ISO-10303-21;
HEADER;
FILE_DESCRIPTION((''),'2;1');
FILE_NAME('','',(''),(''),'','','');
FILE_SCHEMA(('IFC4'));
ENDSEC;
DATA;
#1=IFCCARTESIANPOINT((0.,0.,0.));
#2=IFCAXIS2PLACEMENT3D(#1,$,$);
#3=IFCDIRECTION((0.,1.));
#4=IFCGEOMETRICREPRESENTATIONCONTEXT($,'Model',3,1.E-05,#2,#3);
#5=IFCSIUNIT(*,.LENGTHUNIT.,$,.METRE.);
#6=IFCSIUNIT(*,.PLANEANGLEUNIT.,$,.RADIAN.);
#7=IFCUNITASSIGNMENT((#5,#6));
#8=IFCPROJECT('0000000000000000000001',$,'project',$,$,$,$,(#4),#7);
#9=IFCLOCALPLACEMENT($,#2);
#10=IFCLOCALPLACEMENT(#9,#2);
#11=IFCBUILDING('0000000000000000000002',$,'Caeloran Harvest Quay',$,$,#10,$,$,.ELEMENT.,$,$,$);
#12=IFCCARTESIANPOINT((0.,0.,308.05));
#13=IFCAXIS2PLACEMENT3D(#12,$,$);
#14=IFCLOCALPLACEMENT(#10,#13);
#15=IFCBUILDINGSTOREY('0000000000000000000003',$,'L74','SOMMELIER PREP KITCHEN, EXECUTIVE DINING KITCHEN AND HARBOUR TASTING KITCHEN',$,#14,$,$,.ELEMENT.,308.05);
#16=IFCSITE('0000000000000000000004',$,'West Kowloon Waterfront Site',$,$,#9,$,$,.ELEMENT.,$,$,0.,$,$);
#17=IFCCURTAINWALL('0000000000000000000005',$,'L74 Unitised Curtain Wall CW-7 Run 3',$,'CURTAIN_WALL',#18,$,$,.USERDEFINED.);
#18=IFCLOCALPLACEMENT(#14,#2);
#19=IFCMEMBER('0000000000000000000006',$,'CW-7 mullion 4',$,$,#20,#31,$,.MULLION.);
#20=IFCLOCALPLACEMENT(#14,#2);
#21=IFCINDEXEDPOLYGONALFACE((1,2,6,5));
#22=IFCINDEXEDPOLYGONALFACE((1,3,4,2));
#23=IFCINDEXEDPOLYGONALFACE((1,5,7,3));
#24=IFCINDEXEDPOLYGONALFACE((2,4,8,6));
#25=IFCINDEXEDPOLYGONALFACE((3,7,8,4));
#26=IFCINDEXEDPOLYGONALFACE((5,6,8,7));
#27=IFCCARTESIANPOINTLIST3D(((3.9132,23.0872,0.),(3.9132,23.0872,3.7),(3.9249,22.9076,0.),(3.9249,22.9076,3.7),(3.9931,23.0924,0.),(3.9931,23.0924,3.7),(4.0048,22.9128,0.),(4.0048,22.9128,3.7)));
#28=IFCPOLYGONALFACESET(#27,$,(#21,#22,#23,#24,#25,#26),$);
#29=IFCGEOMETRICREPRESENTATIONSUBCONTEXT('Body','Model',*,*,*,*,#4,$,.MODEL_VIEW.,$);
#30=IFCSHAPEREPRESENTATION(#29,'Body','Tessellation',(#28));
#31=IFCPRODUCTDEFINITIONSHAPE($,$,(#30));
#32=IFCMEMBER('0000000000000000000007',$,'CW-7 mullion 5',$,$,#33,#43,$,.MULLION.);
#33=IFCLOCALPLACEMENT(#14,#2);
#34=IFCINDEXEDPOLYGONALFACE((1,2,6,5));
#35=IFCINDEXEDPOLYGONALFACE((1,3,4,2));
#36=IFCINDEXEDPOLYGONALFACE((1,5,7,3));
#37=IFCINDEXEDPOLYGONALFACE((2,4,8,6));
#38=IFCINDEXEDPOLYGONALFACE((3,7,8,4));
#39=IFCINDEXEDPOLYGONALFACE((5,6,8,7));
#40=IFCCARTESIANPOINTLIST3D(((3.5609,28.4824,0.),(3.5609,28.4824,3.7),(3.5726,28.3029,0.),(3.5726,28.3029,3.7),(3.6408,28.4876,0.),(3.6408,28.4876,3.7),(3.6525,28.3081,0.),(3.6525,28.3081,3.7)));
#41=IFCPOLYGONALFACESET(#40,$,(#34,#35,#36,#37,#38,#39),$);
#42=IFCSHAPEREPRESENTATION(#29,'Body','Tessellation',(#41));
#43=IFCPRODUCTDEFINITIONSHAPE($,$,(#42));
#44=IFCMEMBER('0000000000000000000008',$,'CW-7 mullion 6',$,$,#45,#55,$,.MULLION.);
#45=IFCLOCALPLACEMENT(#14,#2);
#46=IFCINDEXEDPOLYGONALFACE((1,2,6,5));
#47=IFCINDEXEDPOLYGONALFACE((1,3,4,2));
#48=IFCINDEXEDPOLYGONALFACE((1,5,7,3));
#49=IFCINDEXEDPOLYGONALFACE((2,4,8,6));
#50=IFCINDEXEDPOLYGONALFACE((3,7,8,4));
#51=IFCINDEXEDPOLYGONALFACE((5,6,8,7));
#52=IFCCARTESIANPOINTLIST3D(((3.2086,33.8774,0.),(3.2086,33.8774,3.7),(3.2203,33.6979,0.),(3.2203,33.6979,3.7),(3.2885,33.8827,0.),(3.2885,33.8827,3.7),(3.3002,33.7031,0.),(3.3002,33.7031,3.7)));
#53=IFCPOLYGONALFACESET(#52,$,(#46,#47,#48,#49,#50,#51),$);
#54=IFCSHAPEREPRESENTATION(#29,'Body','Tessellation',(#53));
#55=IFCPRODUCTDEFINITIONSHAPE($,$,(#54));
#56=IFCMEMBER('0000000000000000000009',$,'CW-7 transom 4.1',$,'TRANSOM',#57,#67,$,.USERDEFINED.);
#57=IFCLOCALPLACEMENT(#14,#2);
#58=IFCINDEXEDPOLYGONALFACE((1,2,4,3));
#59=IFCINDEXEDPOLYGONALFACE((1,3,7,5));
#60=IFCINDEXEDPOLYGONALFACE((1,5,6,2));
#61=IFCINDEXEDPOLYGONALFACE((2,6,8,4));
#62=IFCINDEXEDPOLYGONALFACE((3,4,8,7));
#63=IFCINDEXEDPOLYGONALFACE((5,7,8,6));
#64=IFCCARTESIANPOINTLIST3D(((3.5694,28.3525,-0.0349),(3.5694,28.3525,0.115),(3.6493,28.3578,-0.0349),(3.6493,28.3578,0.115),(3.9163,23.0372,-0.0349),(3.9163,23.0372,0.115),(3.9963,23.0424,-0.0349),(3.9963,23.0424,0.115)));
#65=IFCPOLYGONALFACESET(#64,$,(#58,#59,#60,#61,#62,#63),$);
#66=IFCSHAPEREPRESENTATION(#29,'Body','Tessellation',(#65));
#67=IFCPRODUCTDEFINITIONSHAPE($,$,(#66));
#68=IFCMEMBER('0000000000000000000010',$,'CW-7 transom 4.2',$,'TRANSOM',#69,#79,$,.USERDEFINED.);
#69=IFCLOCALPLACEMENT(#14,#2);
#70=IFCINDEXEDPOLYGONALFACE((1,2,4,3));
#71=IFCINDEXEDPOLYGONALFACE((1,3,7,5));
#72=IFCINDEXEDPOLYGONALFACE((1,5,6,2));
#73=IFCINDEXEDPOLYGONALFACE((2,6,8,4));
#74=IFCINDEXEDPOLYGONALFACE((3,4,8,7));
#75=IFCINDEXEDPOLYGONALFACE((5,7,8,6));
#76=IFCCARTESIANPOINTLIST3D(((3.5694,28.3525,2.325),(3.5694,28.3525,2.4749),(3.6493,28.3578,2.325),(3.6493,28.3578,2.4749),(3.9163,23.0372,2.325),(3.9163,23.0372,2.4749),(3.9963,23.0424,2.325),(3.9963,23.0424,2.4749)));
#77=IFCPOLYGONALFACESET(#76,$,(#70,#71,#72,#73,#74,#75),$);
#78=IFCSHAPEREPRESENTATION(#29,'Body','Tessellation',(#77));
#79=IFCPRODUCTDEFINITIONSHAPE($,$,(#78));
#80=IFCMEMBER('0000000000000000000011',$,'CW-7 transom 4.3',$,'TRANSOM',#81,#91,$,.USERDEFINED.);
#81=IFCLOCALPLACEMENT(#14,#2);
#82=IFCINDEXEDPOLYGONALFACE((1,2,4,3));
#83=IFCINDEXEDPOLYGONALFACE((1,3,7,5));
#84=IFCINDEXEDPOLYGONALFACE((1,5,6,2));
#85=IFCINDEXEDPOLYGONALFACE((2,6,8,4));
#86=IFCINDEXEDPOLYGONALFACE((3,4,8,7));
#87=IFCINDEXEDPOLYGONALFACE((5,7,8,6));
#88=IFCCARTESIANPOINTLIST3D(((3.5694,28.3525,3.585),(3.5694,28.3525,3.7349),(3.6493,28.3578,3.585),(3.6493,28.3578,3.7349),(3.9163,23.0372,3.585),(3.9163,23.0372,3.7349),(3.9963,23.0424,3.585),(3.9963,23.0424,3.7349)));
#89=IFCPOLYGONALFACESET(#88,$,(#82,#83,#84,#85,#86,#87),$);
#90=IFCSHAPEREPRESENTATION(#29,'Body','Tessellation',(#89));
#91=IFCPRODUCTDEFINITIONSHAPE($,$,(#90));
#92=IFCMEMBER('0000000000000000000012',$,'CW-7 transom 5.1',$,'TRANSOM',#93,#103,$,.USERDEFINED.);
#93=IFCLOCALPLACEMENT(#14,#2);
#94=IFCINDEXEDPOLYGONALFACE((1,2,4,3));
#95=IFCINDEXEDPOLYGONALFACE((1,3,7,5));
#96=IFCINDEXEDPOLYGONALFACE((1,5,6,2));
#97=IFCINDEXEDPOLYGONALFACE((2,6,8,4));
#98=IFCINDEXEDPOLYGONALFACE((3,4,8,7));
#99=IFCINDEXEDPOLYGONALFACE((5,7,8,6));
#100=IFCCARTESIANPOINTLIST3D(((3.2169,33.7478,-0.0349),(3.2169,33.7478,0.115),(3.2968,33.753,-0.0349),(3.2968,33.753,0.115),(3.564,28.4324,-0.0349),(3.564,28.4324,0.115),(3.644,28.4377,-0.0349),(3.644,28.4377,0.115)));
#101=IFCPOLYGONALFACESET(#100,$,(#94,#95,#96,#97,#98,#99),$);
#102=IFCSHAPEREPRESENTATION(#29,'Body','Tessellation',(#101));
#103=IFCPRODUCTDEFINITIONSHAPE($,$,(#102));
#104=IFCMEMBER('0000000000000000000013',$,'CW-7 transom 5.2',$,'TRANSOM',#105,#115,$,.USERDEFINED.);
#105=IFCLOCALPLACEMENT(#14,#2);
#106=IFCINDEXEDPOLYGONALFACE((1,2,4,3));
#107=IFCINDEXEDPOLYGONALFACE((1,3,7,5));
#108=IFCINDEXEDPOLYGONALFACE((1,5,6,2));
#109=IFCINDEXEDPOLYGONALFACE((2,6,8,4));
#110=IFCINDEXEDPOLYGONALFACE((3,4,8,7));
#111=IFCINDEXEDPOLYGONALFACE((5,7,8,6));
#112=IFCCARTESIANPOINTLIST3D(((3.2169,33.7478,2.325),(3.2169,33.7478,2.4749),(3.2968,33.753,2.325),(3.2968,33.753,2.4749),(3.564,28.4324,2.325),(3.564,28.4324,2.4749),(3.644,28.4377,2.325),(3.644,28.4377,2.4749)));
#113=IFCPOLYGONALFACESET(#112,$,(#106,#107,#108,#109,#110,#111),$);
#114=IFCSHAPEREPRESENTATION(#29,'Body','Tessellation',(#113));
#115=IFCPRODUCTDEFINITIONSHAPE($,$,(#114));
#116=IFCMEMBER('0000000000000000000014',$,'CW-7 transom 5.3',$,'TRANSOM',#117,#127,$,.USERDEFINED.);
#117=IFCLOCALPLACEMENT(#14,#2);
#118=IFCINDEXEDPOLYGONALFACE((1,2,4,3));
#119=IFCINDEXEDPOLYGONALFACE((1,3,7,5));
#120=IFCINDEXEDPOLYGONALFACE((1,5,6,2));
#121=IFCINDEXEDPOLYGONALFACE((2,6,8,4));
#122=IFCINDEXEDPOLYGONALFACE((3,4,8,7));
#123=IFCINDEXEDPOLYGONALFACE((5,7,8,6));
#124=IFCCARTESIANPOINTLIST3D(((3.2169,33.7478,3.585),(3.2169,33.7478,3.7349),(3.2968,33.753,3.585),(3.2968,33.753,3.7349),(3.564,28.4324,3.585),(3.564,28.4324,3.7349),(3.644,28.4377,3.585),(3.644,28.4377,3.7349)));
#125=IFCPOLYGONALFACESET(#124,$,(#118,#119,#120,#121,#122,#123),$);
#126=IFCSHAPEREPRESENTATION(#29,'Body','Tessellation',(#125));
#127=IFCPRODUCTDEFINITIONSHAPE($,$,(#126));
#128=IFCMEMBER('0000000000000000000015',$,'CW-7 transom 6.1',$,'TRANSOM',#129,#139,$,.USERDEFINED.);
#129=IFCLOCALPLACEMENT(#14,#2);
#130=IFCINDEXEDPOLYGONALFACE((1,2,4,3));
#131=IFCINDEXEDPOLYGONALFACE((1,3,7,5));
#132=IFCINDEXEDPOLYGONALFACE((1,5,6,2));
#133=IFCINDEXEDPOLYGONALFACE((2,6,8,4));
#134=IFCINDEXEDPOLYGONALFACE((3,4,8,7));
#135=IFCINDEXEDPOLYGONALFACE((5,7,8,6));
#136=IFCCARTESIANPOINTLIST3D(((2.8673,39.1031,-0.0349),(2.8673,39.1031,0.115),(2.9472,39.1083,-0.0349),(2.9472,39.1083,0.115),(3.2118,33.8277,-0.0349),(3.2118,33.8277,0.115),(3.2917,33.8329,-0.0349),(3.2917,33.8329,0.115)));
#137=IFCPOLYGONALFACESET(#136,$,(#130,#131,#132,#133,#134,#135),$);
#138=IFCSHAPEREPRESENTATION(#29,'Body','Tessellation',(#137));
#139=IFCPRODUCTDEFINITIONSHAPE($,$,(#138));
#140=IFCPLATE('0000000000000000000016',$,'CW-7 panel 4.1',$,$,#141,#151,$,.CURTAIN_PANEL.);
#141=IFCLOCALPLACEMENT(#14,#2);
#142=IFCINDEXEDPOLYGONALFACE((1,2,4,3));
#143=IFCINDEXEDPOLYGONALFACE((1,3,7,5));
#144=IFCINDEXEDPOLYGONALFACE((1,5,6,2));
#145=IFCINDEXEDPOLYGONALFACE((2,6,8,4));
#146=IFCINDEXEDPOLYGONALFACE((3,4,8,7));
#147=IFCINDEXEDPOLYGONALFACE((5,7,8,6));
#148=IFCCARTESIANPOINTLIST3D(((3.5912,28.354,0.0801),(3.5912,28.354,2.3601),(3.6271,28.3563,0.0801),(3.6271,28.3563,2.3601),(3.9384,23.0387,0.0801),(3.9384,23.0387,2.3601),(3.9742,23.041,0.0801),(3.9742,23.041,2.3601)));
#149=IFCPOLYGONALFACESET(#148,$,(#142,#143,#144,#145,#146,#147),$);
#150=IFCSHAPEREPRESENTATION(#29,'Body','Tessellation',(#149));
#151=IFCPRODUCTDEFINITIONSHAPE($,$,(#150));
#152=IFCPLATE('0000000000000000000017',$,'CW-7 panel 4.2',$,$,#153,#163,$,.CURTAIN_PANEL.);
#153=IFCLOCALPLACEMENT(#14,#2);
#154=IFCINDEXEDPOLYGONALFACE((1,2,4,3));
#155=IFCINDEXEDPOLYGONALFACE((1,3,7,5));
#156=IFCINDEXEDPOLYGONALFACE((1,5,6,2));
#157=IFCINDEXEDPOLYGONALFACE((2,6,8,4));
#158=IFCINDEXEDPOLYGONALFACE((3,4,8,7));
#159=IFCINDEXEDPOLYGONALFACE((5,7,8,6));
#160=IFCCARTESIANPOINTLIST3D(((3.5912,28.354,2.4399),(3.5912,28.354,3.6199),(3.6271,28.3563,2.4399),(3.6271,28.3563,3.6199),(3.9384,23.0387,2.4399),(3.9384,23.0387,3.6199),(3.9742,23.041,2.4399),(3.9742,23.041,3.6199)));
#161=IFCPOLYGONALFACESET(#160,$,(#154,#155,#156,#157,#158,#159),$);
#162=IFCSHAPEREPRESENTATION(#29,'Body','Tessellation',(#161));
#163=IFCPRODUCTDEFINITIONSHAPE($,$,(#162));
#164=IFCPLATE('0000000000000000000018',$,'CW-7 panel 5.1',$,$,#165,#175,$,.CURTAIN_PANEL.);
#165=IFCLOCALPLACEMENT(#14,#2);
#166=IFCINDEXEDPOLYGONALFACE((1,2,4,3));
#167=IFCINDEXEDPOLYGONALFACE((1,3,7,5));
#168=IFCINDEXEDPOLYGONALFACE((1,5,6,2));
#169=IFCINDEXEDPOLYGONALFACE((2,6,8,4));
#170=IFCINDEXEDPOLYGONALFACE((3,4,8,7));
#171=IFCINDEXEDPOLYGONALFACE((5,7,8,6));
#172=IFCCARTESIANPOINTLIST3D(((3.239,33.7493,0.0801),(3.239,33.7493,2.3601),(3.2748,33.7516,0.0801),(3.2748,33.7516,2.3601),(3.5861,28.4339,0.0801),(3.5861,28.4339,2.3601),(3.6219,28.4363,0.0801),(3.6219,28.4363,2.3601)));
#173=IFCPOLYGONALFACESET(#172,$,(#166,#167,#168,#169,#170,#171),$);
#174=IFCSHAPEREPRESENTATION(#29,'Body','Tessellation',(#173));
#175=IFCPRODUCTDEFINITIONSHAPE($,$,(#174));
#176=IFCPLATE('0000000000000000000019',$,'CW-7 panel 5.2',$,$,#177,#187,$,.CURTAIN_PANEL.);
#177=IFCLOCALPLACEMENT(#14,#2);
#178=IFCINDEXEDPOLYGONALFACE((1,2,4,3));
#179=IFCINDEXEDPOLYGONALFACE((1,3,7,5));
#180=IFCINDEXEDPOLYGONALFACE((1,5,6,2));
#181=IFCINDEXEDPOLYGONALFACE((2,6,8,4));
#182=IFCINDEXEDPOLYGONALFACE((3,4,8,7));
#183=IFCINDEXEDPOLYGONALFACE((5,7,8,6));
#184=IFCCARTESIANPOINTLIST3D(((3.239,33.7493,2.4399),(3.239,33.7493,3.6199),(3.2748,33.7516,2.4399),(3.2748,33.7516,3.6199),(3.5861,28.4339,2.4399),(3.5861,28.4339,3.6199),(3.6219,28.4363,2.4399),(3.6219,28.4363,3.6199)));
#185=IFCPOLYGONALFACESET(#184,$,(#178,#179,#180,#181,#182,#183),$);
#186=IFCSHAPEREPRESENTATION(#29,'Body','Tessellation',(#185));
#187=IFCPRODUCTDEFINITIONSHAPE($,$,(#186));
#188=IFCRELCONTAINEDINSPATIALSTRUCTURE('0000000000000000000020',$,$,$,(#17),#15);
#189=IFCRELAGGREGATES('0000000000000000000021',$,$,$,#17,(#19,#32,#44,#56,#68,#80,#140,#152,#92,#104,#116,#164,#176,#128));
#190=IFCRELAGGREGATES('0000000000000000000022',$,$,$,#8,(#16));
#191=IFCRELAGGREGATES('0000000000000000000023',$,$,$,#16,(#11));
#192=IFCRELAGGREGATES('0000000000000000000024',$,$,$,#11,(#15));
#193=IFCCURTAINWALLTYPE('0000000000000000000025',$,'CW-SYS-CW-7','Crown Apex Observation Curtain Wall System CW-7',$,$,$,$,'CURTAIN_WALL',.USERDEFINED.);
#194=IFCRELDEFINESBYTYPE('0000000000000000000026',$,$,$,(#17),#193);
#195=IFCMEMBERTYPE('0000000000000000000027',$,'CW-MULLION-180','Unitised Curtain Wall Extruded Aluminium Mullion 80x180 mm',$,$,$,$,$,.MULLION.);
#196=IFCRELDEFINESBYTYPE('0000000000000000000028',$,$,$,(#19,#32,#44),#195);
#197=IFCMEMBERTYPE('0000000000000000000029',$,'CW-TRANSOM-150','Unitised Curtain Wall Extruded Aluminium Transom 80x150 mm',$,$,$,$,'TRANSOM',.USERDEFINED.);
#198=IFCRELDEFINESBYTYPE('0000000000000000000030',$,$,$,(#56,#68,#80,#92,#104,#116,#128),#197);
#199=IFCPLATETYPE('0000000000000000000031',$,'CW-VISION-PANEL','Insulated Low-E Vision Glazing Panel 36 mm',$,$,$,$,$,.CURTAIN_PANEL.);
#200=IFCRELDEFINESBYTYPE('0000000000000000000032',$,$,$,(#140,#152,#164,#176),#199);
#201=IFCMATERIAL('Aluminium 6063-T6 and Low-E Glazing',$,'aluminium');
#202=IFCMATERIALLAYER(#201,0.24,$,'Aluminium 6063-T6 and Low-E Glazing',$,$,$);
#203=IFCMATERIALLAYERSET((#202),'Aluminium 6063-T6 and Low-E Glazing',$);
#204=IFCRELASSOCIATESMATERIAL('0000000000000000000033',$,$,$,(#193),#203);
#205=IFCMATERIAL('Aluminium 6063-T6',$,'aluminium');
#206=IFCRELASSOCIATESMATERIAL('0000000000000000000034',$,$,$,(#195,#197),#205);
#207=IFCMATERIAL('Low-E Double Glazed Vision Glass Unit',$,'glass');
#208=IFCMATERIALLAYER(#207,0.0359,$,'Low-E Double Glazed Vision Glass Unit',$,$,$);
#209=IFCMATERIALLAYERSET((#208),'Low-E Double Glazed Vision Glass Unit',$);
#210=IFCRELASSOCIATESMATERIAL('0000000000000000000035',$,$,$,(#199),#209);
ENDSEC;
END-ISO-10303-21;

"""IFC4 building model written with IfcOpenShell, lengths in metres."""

from ifc_helpers import new_model, si_unit, direction, frame, origin, origin_2d, place, context, subcontext, project, spatial, rectangle, extrude, material, layer, layer_set, material_profile, profile_set, type_object, element, aggregate, save


model = new_model("IFC4")

# Units and contexts
model_context = context("Model", 3, precision=1e-05, world=origin(), true_north=direction((0.0, 1.0)))
body_context = subcontext(model_context, "Body", "Model", "MODEL_VIEW")
ifc_project = project(units=[si_unit("LENGTHUNIT", "METRE"), si_unit("PLANEANGLEUNIT", "RADIAN")], contexts=[model_context])

# Site, building, storey
site_placement = place(None, origin())
site = spatial("IfcSite", under=ifc_project, at=site_placement, Name="West Kowloon Waterfront Site", CompositionType="ELEMENT", RefElevation=0.0)
building_placement = place(site_placement, origin())
building = spatial("IfcBuilding", under=site, at=building_placement, Name="Caeloran Harvest Quay", CompositionType="ELEMENT")
storey_placement = place(building_placement, frame((0.0, 0.0, 308.05)))
storey = spatial("IfcBuildingStorey", under=building, at=storey_placement, Name="L74", Description="SOMMELIER PREP KITCHEN, EXECUTIVE DINING KITCHEN AND HARBOUR TASTING KITCHEN", CompositionType="ELEMENT", Elevation=308.05)

# Curtain wall, members, plates
ifc_material_1 = material(Name="Aluminium 6063-T6 and Low-E Glazing", Category="aluminium")
ifc_layer_1 = layer(ifc_material_1, 0.24, Name="Aluminium 6063-T6 and Low-E Glazing")
ifc_layer_set_1 = layer_set([ifc_layer_1], Name="Aluminium 6063-T6 and Low-E Glazing")
curtain_wall_type = type_object("IfcCurtainWallType", Name="CW-SYS-CW-7", Description="Crown Apex Observation Curtain Wall System CW-7", ElementType="CURTAIN_WALL", PredefinedType="USERDEFINED", material=ifc_layer_set_1)
curtain_wall_placement = place(storey_placement, origin())
curtain_wall = element("IfcCurtainWall", 1, at=curtain_wall_placement, inside=storey, type_object=curtain_wall_type, Name="L74 Unitised Curtain Wall CW-7 Run 3", ObjectType="CURTAIN_WALL", PredefinedType="USERDEFINED")
ifc_material_2 = material(Name="Aluminium 6063-T6", Category="aluminium")
ifc_material_profile_1 = material_profile(ifc_material_2, rectangle(XDim=0.0801, YDim=0.1799, at=origin_2d()), Name="CW-MULLION-180")
ifc_profile_set_1 = profile_set([ifc_material_profile_1], Name="Aluminium 6063-T6")
member_type_1 = type_object("IfcMemberType", Name="CW-MULLION-180", Description="Unitised Curtain Wall Extruded Aluminium Mullion 80x180 mm", PredefinedType="MULLION", material=ifc_profile_set_1)
member_1_placement = place(storey_placement, frame((3.959, 23.0, 0.0), z_axis=(0.0, 0.0, 1.0), x_axis=(-0.997874, -0.065167, 0.0)))
member_1 = element("IfcMember", 2, at=member_1_placement, type_object=member_type_1, Name="CW-7 mullion 4", PredefinedType="MULLION", context=body_context, shape_type="SweptSolid", body=[
    extrude(rectangle(XDim=0.0801, YDim=0.1799, at=origin_2d()), origin(), (0.0, 0.0, 1.0), 3.7),
])
member_2_placement = place(storey_placement, frame((3.6067, 28.3953, 0.0), z_axis=(0.0, 0.0, 1.0), x_axis=(-0.997874, -0.065167, 0.0)))
member_2 = element("IfcMember", 3, at=member_2_placement, type_object=member_type_1, Name="CW-7 mullion 5", PredefinedType="MULLION", context=body_context, shape_type="SweptSolid", body=[
    extrude(rectangle(XDim=0.0801, YDim=0.1799, at=origin_2d()), origin(), (0.0, 0.0, 1.0), 3.7),
])
member_3_placement = place(storey_placement, frame((3.2544, 33.7903, 0.0), z_axis=(0.0, 0.0, 1.0), x_axis=(-0.997874, -0.065167, 0.0)))
member_3 = element("IfcMember", 4, at=member_3_placement, type_object=member_type_1, Name="CW-7 mullion 6", PredefinedType="MULLION", context=body_context, shape_type="SweptSolid", body=[
    extrude(rectangle(XDim=0.0801, YDim=0.1799, at=origin_2d()), origin(), (0.0, 0.0, 1.0), 3.7),
])
ifc_material_profile_2 = material_profile(ifc_material_2, rectangle(XDim=0.0801, YDim=0.1499, at=origin_2d()), Name="CW-TRANSOM-150")
ifc_profile_set_2 = profile_set([ifc_material_profile_2], Name="Aluminium 6063-T6")
member_type_2 = type_object("IfcMemberType", Name="CW-TRANSOM-150", Description="Unitised Curtain Wall Extruded Aluminium Transom 80x150 mm", ElementType="TRANSOM", PredefinedType="USERDEFINED", material=ifc_profile_set_2)
member_4_placement = place(storey_placement, frame((3.9563, 23.0398, 0.04), z_axis=(-0.065129, 0.997877, 0.0), x_axis=(-0.997877, -0.065129, 0.0)))
member_4 = element("IfcMember", 5, at=member_4_placement, type_object=member_type_2, Name="CW-7 transom 4.1", ObjectType="TRANSOM", PredefinedType="USERDEFINED", context=body_context, shape_type="SweptSolid", body=[
    extrude(rectangle(XDim=0.0801, YDim=0.1499, at=origin_2d()), origin(), (0.0, 0.0, 1.0), 5.3267),
])
member_5_placement = place(storey_placement, frame((3.9563, 23.0398, 2.3999), z_axis=(-0.065129, 0.997877, 0.0), x_axis=(-0.997877, -0.065129, 0.0)))
member_5 = element("IfcMember", 6, at=member_5_placement, type_object=member_type_2, Name="CW-7 transom 4.2", ObjectType="TRANSOM", PredefinedType="USERDEFINED", context=body_context, shape_type="SweptSolid", body=[
    extrude(rectangle(XDim=0.0801, YDim=0.1499, at=origin_2d()), origin(), (0.0, 0.0, 1.0), 5.3267),
])
member_6_placement = place(storey_placement, frame((3.9563, 23.0398, 3.6599), z_axis=(-0.065129, 0.997877, 0.0), x_axis=(-0.997877, -0.065129, 0.0)))
member_6 = element("IfcMember", 7, at=member_6_placement, type_object=member_type_2, Name="CW-7 transom 4.3", ObjectType="TRANSOM", PredefinedType="USERDEFINED", context=body_context, shape_type="SweptSolid", body=[
    extrude(rectangle(XDim=0.0801, YDim=0.1499, at=origin_2d()), origin(), (0.0, 0.0, 1.0), 5.3267),
])
member_7_placement = place(storey_placement, frame((3.604, 28.4351, 0.04), z_axis=(-0.065174, 0.997874, 0.0), x_axis=(-0.997874, -0.065174, 0.0)))
member_7 = element("IfcMember", 8, at=member_7_placement, type_object=member_type_2, Name="CW-7 transom 5.1", ObjectType="TRANSOM", PredefinedType="USERDEFINED", context=body_context, shape_type="SweptSolid", body=[
    extrude(rectangle(XDim=0.0801, YDim=0.1499, at=origin_2d()), origin(), (0.0, 0.0, 1.0), 5.3267),
])
member_8_placement = place(storey_placement, frame((3.604, 28.4351, 2.3999), z_axis=(-0.065174, 0.997874, 0.0), x_axis=(-0.997874, -0.065174, 0.0)))
member_8 = element("IfcMember", 9, at=member_8_placement, type_object=member_type_2, Name="CW-7 transom 5.2", ObjectType="TRANSOM", PredefinedType="USERDEFINED", context=body_context, shape_type="SweptSolid", body=[
    extrude(rectangle(XDim=0.0801, YDim=0.1499, at=origin_2d()), origin(), (0.0, 0.0, 1.0), 5.3267),
])
member_9_placement = place(storey_placement, frame((3.604, 28.4351, 3.6599), z_axis=(-0.065174, 0.997874, 0.0), x_axis=(-0.997874, -0.065174, 0.0)))
member_9 = element("IfcMember", 10, at=member_9_placement, type_object=member_type_2, Name="CW-7 transom 5.3", ObjectType="TRANSOM", PredefinedType="USERDEFINED", context=body_context, shape_type="SweptSolid", body=[
    extrude(rectangle(XDim=0.0801, YDim=0.1499, at=origin_2d()), origin(), (0.0, 0.0, 1.0), 5.3267),
])
member_10_placement = place(storey_placement, frame((3.2517, 33.8303, 0.04), z_axis=(-0.065161, 0.997875, 0.0), x_axis=(-0.997875, -0.065161, 0.0)))
member_10 = element("IfcMember", 11, at=member_10_placement, type_object=member_type_2, Name="CW-7 transom 6.1", ObjectType="TRANSOM", PredefinedType="USERDEFINED", context=body_context, shape_type="SweptSolid", body=[
    extrude(rectangle(XDim=0.0801, YDim=0.1499, at=origin_2d()), origin(), (0.0, 0.0, 1.0), 5.2866),
])
ifc_material_3 = material(Name="Low-E Double Glazed Vision Glass Unit", Category="glass")
ifc_layer_2 = layer(ifc_material_3, 0.0359, Name="Low-E Double Glazed Vision Glass Unit")
ifc_layer_set_2 = layer_set([ifc_layer_2], Name="Low-E Double Glazed Vision Glass Unit")
plate_type = type_object("IfcPlateType", Name="CW-VISION-PANEL", Description="Insulated Low-E Vision Glazing Panel 36 mm", PredefinedType="CURTAIN_PANEL", material=ifc_layer_set_2)
plate_1_placement = place(storey_placement, frame((3.7827, 25.6975, 0.0801), z_axis=(0.0, 0.0, 1.0), x_axis=(-0.065167, 0.997874, 0.0)))
plate_1 = element("IfcPlate", 12, at=plate_1_placement, type_object=plate_type, Name="CW-7 panel 4.1", PredefinedType="CURTAIN_PANEL", context=body_context, shape_type="SweptSolid", body=[
    extrude(rectangle(XDim=5.3267, YDim=0.0359, at=origin_2d()), origin(), (0.0, 0.0, 1.0), 2.28),
])
plate_2_placement = place(storey_placement, frame((3.7827, 25.6975, 2.4399), z_axis=(0.0, 0.0, 1.0), x_axis=(-0.065167, 0.997874, 0.0)))
plate_2 = element("IfcPlate", 13, at=plate_2_placement, type_object=plate_type, Name="CW-7 panel 4.2", PredefinedType="CURTAIN_PANEL", context=body_context, shape_type="SweptSolid", body=[
    extrude(rectangle(XDim=5.3267, YDim=0.0359, at=origin_2d()), origin(), (0.0, 0.0, 1.0), 1.1799),
])
plate_3_placement = place(storey_placement, frame((3.4304, 31.0928, 0.0801), z_axis=(0.0, 0.0, 1.0), x_axis=(-0.065167, 0.997874, 0.0)))
plate_3 = element("IfcPlate", 14, at=plate_3_placement, type_object=plate_type, Name="CW-7 panel 5.1", PredefinedType="CURTAIN_PANEL", context=body_context, shape_type="SweptSolid", body=[
    extrude(rectangle(XDim=5.3267, YDim=0.0359, at=origin_2d()), origin(), (0.0, 0.0, 1.0), 2.28),
])
plate_4_placement = place(storey_placement, frame((3.4304, 31.0928, 2.4399), z_axis=(0.0, 0.0, 1.0), x_axis=(-0.065167, 0.997874, 0.0)))
plate_4 = element("IfcPlate", 15, at=plate_4_placement, type_object=plate_type, Name="CW-7 panel 5.2", PredefinedType="CURTAIN_PANEL", context=body_context, shape_type="SweptSolid", body=[
    extrude(rectangle(XDim=5.3267, YDim=0.0359, at=origin_2d()), origin(), (0.0, 0.0, 1.0), 1.1799),
])
aggregate(curtain_wall, [member_1, member_2, member_3, member_4, member_5, member_6, plate_1, plate_2, member_7, member_8, member_9, plate_3, plate_4, member_10])

save(model, "model.ifc")
